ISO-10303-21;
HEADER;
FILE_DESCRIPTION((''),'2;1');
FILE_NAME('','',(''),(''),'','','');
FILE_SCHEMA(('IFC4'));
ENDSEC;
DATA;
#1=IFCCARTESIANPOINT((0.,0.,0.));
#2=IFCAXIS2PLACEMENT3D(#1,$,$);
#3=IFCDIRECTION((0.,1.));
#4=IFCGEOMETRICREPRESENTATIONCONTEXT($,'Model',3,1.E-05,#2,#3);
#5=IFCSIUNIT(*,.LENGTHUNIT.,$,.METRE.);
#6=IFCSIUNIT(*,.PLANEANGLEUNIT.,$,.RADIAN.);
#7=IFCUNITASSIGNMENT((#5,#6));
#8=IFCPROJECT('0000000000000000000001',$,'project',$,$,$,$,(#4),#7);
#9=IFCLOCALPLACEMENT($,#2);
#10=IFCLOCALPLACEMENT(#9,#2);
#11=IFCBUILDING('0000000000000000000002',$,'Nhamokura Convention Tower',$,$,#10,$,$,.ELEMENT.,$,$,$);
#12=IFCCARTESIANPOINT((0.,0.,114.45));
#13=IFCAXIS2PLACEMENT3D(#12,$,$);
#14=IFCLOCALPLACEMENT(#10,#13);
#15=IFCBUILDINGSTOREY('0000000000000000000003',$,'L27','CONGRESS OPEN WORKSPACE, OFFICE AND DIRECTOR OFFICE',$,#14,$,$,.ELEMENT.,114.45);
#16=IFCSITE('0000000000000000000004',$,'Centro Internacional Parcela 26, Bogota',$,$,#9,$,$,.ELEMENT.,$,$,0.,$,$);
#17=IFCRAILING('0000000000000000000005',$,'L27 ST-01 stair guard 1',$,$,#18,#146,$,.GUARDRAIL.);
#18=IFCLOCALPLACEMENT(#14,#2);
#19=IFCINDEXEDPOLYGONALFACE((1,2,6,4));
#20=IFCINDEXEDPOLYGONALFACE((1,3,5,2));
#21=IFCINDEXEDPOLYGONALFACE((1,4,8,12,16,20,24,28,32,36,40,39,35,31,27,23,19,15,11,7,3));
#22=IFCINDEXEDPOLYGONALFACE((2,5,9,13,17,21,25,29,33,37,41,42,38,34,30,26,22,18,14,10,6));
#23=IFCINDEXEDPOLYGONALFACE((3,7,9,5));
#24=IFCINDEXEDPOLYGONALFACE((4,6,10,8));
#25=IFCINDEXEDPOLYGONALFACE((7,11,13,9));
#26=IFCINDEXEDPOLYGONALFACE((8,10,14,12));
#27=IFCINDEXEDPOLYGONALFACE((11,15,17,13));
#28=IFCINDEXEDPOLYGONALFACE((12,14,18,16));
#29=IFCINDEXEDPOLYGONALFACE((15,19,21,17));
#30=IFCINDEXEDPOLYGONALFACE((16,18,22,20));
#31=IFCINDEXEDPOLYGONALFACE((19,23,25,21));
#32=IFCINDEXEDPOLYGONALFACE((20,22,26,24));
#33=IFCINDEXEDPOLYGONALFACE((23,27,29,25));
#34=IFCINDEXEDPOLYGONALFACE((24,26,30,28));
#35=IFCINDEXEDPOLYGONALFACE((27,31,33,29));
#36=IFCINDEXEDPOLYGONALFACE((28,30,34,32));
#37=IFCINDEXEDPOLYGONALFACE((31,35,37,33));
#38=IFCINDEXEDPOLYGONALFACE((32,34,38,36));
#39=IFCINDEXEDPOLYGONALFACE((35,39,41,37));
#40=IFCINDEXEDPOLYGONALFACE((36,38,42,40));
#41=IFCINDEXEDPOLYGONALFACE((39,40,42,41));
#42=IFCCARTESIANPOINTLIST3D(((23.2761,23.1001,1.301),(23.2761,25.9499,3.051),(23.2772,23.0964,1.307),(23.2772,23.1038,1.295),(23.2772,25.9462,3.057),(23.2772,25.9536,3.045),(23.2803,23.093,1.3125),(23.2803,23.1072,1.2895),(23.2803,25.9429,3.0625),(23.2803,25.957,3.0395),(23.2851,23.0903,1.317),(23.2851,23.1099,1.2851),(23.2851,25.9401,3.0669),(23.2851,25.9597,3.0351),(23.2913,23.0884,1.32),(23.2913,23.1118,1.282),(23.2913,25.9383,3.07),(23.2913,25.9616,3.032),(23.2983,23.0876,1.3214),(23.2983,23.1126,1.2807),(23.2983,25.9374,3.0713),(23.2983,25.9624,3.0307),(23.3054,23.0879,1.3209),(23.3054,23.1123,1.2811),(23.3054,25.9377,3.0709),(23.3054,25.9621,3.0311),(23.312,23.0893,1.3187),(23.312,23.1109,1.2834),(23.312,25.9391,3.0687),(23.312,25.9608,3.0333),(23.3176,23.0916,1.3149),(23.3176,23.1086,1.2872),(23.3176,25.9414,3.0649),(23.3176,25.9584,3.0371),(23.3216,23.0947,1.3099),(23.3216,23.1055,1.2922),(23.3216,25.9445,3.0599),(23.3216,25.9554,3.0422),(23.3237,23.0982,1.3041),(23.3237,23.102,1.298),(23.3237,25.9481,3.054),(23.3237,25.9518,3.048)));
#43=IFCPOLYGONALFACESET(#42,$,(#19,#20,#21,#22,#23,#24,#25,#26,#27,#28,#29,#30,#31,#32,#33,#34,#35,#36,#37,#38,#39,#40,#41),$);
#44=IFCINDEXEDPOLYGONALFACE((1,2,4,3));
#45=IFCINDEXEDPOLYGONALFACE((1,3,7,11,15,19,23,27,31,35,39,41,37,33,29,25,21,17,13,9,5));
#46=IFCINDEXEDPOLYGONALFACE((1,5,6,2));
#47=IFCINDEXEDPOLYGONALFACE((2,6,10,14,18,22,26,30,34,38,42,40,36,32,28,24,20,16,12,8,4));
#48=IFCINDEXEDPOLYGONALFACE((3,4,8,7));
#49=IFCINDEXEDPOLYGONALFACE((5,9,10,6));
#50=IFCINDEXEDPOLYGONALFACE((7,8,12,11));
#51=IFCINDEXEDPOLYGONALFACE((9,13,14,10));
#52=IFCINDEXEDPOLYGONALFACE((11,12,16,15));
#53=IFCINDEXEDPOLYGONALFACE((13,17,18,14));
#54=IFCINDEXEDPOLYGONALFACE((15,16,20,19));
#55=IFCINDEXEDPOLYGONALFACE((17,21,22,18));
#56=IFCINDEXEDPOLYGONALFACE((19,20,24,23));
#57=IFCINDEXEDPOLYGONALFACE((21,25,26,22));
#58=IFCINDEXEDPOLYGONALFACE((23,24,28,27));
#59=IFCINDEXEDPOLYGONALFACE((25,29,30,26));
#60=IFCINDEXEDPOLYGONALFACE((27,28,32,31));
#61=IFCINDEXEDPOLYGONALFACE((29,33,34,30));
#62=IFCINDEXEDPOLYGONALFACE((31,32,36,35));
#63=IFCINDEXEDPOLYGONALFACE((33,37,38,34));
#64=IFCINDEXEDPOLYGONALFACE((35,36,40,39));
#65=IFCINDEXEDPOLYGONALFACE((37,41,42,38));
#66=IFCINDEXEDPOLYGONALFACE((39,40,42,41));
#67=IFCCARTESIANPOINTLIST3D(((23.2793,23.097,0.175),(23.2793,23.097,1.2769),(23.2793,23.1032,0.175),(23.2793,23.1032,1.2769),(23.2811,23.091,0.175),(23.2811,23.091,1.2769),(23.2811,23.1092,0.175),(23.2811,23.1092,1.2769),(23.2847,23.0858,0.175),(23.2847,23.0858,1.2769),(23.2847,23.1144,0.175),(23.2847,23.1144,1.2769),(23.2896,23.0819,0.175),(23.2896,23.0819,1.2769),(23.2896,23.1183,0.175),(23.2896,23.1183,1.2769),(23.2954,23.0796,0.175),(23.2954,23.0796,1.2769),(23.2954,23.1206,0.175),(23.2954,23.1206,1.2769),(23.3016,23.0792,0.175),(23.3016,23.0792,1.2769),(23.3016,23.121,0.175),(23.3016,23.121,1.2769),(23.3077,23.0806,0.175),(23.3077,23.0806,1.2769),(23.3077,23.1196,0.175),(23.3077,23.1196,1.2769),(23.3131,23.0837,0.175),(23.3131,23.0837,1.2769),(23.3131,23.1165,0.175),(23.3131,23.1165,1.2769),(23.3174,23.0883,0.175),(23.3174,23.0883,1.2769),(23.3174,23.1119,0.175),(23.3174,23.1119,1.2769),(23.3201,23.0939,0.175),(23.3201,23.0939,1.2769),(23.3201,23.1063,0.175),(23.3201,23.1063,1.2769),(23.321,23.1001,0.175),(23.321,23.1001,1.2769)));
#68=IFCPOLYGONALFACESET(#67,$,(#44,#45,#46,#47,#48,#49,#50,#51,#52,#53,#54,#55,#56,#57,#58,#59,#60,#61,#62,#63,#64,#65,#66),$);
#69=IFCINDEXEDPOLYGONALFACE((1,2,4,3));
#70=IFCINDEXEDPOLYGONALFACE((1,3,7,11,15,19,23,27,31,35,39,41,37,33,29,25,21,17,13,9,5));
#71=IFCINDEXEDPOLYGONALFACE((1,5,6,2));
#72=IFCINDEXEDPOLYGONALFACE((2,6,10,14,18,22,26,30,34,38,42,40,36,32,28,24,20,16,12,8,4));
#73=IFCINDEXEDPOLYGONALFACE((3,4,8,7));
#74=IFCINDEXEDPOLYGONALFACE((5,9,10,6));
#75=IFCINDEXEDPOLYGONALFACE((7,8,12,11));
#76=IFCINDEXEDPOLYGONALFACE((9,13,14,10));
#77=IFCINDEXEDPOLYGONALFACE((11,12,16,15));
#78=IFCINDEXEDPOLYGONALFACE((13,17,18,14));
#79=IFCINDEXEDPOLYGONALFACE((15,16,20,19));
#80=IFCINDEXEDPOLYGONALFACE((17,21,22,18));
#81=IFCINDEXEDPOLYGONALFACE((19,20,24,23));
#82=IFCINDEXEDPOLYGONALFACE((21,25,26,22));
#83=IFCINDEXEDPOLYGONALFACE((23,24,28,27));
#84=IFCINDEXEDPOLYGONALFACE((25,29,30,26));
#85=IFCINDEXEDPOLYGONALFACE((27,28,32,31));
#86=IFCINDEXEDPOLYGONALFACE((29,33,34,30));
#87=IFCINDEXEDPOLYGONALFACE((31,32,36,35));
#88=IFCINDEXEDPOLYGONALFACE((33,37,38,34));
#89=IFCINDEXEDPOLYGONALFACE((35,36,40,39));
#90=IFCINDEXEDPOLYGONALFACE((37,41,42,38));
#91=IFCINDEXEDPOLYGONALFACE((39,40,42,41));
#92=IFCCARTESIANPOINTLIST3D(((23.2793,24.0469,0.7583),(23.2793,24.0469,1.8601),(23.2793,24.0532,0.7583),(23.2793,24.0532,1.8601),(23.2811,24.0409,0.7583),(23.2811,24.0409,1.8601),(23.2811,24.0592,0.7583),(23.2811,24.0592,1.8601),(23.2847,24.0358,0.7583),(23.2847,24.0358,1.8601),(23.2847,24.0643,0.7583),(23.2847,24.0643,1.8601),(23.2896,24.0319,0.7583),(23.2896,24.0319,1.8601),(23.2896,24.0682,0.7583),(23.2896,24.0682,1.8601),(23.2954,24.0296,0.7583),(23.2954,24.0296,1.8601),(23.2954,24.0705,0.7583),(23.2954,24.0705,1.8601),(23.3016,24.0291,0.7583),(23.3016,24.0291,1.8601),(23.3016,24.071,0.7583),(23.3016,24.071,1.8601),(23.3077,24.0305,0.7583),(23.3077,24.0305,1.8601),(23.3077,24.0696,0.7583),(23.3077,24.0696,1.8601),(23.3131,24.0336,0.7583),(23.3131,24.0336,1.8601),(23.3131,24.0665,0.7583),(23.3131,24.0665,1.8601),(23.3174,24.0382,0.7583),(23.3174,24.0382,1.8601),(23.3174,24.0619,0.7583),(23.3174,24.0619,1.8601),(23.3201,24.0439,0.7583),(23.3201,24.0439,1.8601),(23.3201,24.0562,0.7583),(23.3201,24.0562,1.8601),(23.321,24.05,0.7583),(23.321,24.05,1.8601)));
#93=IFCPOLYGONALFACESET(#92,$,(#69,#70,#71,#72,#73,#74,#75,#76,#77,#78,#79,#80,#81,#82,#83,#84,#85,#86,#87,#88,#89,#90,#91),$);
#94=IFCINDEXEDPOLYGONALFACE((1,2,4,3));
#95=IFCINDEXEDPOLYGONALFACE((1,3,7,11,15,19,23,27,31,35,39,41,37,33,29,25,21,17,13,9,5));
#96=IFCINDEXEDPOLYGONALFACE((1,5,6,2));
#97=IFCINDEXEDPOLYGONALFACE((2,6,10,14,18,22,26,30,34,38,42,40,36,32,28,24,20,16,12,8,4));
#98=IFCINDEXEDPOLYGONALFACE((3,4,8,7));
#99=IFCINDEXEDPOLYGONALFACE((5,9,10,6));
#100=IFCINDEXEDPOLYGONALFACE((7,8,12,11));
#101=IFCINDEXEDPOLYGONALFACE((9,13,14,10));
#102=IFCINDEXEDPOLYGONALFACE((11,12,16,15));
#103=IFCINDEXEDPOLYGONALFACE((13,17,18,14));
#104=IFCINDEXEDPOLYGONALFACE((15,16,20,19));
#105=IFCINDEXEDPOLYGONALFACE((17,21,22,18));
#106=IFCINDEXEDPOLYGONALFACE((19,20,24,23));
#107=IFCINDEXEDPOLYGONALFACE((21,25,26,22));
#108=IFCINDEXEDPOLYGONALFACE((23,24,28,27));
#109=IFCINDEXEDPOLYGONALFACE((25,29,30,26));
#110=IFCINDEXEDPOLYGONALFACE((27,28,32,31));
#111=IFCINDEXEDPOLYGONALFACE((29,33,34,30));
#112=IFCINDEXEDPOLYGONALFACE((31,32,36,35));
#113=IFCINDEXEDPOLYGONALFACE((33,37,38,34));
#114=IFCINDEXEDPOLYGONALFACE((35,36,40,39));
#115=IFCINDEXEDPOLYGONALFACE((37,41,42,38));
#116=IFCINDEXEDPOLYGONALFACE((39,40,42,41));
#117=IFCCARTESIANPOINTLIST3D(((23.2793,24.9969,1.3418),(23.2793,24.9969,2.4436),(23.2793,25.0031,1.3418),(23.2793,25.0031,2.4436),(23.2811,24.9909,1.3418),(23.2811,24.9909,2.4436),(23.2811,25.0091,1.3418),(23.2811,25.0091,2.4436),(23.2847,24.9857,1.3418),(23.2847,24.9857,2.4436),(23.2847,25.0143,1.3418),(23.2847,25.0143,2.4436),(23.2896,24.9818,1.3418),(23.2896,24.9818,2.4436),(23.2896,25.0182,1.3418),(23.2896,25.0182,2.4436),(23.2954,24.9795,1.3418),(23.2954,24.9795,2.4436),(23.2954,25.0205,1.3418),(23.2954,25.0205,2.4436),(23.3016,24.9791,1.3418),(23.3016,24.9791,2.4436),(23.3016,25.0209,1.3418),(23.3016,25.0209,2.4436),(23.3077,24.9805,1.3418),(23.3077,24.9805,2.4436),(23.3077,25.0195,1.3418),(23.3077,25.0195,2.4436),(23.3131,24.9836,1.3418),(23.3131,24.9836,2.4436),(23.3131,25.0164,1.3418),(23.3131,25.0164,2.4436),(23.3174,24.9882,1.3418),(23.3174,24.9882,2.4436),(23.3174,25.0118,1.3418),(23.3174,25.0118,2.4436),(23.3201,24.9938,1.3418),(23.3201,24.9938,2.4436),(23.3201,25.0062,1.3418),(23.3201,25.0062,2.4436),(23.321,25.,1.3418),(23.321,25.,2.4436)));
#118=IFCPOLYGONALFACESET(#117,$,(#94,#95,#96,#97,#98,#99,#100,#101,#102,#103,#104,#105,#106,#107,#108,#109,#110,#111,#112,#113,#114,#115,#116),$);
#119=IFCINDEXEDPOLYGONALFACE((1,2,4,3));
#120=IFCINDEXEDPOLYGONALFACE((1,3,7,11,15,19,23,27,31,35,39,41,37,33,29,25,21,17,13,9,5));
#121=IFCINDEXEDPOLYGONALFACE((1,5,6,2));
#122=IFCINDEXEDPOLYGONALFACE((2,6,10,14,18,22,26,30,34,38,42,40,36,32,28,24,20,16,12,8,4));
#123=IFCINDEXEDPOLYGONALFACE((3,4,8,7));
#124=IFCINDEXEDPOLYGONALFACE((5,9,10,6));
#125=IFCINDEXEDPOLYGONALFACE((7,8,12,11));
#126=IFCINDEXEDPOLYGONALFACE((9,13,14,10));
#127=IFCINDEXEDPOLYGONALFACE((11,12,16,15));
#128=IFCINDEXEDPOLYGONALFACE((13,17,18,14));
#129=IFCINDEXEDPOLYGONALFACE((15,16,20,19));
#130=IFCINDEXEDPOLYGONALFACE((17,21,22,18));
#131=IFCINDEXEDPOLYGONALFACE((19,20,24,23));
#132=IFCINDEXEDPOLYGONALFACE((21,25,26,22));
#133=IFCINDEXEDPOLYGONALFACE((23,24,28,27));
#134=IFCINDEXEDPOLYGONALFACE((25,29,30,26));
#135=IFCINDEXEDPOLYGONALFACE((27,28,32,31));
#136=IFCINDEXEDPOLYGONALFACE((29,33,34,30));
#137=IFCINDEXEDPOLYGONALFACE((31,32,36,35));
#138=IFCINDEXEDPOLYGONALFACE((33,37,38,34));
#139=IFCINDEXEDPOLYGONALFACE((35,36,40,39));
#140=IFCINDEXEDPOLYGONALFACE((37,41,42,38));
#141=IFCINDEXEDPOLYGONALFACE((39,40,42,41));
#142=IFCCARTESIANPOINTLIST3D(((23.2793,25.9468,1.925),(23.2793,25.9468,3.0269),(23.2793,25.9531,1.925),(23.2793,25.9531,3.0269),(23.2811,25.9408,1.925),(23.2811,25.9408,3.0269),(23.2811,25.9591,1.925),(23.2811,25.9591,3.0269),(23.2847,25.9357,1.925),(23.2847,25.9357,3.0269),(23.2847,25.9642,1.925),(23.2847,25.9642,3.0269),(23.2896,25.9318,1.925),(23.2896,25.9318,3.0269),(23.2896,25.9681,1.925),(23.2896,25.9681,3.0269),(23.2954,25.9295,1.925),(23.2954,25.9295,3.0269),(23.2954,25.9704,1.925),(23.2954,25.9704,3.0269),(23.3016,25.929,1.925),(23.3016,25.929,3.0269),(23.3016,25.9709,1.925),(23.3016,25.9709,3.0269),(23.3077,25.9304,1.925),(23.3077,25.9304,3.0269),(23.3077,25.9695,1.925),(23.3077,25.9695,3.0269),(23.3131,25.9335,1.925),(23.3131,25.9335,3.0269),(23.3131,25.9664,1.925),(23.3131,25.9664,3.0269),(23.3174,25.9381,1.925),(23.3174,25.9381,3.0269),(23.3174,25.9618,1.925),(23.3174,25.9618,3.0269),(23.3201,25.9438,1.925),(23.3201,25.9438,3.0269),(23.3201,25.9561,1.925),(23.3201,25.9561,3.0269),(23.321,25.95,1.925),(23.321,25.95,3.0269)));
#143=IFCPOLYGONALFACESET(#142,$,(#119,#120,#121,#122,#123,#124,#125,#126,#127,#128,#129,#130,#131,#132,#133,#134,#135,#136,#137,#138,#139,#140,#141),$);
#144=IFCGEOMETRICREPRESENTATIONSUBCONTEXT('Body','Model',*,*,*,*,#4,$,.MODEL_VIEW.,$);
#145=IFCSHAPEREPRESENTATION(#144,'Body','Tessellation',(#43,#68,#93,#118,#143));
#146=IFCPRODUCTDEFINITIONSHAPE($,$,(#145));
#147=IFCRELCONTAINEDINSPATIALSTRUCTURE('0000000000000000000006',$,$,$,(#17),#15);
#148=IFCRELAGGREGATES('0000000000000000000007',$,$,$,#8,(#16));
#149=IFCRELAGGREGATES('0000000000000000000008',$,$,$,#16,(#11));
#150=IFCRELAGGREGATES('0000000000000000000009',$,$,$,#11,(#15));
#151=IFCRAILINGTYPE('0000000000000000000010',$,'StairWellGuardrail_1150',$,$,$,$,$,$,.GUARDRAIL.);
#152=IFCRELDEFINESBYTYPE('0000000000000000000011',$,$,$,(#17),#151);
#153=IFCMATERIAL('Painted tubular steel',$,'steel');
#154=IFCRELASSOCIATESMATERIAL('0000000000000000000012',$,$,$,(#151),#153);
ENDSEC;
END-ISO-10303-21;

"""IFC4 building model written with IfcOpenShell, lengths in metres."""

from ifc_helpers import new_model, si_unit, direction, frame, origin, origin_2d, place, context, subcontext, project, spatial, circle, extrude, material, type_object, element, save


model = new_model("IFC4")

# Units and contexts
model_context = context("Model", 3, precision=1e-05, world=origin(), true_north=direction((0.0, 1.0)))
body_context = subcontext(model_context, "Body", "Model", "MODEL_VIEW")
ifc_project = project(units=[si_unit("LENGTHUNIT", "METRE"), si_unit("PLANEANGLEUNIT", "RADIAN")], contexts=[model_context])

# Site, building, storey
site_placement = place(None, origin())
site = spatial("IfcSite", under=ifc_project, at=site_placement, Name="Centro Internacional Parcela 26, Bogota", CompositionType="ELEMENT", RefElevation=0.0)
building_placement = place(site_placement, origin())
building = spatial("IfcBuilding", under=site, at=building_placement, Name="Nhamokura Convention Tower", CompositionType="ELEMENT")
storey_placement = place(building_placement, frame((0.0, 0.0, 114.45)))
storey = spatial("IfcBuildingStorey", under=building, at=storey_placement, Name="L27", Description="CONGRESS OPEN WORKSPACE, OFFICE AND DIRECTOR OFFICE", CompositionType="ELEMENT", Elevation=114.45)

# Railing
ifc_material_1 = material(Name="Painted tubular steel", Category="steel")
railing_type_1 = type_object("IfcRailingType", Name="StairWellGuardrail_1150", PredefinedType="GUARDRAIL", material=ifc_material_1)
railing_1_placement = place(storey_placement, frame((23.3, 23.1001, 0.175)))
element("IfcRailing", 1, at=railing_1_placement, inside=storey, type_object=railing_type_1, Name="L27 ST-01 stair guard 1", PredefinedType="GUARDRAIL", context=body_context, shape_type="SweptSolid", body=[
    extrude(circle(Radius=0.0239, at=origin_2d()), frame((0.0, 0.0, 1.126), z_axis=(0.0, 0.852159, 0.523283), x_axis=(-1.0, 0.0, 0.0)), (0.0, 0.0, 1.0), 3.3442),
    extrude(circle(Radius=0.021, at=origin_2d()), origin(), (0.0, 0.0, 1.0), 1.1018),
    extrude(circle(Radius=0.021, at=origin_2d()), frame((0.0, 0.95, 0.5833)), (0.0, 0.0, 1.0), 1.1018),
    extrude(circle(Radius=0.021, at=origin_2d()), frame((0.0, 1.8999, 1.1667)), (0.0, 0.0, 1.0), 1.1018),
    extrude(circle(Radius=0.021, at=origin_2d()), frame((0.0, 2.8499, 1.75)), (0.0, 0.0, 1.0), 1.1018),
])

save(model, "model.ifc")
